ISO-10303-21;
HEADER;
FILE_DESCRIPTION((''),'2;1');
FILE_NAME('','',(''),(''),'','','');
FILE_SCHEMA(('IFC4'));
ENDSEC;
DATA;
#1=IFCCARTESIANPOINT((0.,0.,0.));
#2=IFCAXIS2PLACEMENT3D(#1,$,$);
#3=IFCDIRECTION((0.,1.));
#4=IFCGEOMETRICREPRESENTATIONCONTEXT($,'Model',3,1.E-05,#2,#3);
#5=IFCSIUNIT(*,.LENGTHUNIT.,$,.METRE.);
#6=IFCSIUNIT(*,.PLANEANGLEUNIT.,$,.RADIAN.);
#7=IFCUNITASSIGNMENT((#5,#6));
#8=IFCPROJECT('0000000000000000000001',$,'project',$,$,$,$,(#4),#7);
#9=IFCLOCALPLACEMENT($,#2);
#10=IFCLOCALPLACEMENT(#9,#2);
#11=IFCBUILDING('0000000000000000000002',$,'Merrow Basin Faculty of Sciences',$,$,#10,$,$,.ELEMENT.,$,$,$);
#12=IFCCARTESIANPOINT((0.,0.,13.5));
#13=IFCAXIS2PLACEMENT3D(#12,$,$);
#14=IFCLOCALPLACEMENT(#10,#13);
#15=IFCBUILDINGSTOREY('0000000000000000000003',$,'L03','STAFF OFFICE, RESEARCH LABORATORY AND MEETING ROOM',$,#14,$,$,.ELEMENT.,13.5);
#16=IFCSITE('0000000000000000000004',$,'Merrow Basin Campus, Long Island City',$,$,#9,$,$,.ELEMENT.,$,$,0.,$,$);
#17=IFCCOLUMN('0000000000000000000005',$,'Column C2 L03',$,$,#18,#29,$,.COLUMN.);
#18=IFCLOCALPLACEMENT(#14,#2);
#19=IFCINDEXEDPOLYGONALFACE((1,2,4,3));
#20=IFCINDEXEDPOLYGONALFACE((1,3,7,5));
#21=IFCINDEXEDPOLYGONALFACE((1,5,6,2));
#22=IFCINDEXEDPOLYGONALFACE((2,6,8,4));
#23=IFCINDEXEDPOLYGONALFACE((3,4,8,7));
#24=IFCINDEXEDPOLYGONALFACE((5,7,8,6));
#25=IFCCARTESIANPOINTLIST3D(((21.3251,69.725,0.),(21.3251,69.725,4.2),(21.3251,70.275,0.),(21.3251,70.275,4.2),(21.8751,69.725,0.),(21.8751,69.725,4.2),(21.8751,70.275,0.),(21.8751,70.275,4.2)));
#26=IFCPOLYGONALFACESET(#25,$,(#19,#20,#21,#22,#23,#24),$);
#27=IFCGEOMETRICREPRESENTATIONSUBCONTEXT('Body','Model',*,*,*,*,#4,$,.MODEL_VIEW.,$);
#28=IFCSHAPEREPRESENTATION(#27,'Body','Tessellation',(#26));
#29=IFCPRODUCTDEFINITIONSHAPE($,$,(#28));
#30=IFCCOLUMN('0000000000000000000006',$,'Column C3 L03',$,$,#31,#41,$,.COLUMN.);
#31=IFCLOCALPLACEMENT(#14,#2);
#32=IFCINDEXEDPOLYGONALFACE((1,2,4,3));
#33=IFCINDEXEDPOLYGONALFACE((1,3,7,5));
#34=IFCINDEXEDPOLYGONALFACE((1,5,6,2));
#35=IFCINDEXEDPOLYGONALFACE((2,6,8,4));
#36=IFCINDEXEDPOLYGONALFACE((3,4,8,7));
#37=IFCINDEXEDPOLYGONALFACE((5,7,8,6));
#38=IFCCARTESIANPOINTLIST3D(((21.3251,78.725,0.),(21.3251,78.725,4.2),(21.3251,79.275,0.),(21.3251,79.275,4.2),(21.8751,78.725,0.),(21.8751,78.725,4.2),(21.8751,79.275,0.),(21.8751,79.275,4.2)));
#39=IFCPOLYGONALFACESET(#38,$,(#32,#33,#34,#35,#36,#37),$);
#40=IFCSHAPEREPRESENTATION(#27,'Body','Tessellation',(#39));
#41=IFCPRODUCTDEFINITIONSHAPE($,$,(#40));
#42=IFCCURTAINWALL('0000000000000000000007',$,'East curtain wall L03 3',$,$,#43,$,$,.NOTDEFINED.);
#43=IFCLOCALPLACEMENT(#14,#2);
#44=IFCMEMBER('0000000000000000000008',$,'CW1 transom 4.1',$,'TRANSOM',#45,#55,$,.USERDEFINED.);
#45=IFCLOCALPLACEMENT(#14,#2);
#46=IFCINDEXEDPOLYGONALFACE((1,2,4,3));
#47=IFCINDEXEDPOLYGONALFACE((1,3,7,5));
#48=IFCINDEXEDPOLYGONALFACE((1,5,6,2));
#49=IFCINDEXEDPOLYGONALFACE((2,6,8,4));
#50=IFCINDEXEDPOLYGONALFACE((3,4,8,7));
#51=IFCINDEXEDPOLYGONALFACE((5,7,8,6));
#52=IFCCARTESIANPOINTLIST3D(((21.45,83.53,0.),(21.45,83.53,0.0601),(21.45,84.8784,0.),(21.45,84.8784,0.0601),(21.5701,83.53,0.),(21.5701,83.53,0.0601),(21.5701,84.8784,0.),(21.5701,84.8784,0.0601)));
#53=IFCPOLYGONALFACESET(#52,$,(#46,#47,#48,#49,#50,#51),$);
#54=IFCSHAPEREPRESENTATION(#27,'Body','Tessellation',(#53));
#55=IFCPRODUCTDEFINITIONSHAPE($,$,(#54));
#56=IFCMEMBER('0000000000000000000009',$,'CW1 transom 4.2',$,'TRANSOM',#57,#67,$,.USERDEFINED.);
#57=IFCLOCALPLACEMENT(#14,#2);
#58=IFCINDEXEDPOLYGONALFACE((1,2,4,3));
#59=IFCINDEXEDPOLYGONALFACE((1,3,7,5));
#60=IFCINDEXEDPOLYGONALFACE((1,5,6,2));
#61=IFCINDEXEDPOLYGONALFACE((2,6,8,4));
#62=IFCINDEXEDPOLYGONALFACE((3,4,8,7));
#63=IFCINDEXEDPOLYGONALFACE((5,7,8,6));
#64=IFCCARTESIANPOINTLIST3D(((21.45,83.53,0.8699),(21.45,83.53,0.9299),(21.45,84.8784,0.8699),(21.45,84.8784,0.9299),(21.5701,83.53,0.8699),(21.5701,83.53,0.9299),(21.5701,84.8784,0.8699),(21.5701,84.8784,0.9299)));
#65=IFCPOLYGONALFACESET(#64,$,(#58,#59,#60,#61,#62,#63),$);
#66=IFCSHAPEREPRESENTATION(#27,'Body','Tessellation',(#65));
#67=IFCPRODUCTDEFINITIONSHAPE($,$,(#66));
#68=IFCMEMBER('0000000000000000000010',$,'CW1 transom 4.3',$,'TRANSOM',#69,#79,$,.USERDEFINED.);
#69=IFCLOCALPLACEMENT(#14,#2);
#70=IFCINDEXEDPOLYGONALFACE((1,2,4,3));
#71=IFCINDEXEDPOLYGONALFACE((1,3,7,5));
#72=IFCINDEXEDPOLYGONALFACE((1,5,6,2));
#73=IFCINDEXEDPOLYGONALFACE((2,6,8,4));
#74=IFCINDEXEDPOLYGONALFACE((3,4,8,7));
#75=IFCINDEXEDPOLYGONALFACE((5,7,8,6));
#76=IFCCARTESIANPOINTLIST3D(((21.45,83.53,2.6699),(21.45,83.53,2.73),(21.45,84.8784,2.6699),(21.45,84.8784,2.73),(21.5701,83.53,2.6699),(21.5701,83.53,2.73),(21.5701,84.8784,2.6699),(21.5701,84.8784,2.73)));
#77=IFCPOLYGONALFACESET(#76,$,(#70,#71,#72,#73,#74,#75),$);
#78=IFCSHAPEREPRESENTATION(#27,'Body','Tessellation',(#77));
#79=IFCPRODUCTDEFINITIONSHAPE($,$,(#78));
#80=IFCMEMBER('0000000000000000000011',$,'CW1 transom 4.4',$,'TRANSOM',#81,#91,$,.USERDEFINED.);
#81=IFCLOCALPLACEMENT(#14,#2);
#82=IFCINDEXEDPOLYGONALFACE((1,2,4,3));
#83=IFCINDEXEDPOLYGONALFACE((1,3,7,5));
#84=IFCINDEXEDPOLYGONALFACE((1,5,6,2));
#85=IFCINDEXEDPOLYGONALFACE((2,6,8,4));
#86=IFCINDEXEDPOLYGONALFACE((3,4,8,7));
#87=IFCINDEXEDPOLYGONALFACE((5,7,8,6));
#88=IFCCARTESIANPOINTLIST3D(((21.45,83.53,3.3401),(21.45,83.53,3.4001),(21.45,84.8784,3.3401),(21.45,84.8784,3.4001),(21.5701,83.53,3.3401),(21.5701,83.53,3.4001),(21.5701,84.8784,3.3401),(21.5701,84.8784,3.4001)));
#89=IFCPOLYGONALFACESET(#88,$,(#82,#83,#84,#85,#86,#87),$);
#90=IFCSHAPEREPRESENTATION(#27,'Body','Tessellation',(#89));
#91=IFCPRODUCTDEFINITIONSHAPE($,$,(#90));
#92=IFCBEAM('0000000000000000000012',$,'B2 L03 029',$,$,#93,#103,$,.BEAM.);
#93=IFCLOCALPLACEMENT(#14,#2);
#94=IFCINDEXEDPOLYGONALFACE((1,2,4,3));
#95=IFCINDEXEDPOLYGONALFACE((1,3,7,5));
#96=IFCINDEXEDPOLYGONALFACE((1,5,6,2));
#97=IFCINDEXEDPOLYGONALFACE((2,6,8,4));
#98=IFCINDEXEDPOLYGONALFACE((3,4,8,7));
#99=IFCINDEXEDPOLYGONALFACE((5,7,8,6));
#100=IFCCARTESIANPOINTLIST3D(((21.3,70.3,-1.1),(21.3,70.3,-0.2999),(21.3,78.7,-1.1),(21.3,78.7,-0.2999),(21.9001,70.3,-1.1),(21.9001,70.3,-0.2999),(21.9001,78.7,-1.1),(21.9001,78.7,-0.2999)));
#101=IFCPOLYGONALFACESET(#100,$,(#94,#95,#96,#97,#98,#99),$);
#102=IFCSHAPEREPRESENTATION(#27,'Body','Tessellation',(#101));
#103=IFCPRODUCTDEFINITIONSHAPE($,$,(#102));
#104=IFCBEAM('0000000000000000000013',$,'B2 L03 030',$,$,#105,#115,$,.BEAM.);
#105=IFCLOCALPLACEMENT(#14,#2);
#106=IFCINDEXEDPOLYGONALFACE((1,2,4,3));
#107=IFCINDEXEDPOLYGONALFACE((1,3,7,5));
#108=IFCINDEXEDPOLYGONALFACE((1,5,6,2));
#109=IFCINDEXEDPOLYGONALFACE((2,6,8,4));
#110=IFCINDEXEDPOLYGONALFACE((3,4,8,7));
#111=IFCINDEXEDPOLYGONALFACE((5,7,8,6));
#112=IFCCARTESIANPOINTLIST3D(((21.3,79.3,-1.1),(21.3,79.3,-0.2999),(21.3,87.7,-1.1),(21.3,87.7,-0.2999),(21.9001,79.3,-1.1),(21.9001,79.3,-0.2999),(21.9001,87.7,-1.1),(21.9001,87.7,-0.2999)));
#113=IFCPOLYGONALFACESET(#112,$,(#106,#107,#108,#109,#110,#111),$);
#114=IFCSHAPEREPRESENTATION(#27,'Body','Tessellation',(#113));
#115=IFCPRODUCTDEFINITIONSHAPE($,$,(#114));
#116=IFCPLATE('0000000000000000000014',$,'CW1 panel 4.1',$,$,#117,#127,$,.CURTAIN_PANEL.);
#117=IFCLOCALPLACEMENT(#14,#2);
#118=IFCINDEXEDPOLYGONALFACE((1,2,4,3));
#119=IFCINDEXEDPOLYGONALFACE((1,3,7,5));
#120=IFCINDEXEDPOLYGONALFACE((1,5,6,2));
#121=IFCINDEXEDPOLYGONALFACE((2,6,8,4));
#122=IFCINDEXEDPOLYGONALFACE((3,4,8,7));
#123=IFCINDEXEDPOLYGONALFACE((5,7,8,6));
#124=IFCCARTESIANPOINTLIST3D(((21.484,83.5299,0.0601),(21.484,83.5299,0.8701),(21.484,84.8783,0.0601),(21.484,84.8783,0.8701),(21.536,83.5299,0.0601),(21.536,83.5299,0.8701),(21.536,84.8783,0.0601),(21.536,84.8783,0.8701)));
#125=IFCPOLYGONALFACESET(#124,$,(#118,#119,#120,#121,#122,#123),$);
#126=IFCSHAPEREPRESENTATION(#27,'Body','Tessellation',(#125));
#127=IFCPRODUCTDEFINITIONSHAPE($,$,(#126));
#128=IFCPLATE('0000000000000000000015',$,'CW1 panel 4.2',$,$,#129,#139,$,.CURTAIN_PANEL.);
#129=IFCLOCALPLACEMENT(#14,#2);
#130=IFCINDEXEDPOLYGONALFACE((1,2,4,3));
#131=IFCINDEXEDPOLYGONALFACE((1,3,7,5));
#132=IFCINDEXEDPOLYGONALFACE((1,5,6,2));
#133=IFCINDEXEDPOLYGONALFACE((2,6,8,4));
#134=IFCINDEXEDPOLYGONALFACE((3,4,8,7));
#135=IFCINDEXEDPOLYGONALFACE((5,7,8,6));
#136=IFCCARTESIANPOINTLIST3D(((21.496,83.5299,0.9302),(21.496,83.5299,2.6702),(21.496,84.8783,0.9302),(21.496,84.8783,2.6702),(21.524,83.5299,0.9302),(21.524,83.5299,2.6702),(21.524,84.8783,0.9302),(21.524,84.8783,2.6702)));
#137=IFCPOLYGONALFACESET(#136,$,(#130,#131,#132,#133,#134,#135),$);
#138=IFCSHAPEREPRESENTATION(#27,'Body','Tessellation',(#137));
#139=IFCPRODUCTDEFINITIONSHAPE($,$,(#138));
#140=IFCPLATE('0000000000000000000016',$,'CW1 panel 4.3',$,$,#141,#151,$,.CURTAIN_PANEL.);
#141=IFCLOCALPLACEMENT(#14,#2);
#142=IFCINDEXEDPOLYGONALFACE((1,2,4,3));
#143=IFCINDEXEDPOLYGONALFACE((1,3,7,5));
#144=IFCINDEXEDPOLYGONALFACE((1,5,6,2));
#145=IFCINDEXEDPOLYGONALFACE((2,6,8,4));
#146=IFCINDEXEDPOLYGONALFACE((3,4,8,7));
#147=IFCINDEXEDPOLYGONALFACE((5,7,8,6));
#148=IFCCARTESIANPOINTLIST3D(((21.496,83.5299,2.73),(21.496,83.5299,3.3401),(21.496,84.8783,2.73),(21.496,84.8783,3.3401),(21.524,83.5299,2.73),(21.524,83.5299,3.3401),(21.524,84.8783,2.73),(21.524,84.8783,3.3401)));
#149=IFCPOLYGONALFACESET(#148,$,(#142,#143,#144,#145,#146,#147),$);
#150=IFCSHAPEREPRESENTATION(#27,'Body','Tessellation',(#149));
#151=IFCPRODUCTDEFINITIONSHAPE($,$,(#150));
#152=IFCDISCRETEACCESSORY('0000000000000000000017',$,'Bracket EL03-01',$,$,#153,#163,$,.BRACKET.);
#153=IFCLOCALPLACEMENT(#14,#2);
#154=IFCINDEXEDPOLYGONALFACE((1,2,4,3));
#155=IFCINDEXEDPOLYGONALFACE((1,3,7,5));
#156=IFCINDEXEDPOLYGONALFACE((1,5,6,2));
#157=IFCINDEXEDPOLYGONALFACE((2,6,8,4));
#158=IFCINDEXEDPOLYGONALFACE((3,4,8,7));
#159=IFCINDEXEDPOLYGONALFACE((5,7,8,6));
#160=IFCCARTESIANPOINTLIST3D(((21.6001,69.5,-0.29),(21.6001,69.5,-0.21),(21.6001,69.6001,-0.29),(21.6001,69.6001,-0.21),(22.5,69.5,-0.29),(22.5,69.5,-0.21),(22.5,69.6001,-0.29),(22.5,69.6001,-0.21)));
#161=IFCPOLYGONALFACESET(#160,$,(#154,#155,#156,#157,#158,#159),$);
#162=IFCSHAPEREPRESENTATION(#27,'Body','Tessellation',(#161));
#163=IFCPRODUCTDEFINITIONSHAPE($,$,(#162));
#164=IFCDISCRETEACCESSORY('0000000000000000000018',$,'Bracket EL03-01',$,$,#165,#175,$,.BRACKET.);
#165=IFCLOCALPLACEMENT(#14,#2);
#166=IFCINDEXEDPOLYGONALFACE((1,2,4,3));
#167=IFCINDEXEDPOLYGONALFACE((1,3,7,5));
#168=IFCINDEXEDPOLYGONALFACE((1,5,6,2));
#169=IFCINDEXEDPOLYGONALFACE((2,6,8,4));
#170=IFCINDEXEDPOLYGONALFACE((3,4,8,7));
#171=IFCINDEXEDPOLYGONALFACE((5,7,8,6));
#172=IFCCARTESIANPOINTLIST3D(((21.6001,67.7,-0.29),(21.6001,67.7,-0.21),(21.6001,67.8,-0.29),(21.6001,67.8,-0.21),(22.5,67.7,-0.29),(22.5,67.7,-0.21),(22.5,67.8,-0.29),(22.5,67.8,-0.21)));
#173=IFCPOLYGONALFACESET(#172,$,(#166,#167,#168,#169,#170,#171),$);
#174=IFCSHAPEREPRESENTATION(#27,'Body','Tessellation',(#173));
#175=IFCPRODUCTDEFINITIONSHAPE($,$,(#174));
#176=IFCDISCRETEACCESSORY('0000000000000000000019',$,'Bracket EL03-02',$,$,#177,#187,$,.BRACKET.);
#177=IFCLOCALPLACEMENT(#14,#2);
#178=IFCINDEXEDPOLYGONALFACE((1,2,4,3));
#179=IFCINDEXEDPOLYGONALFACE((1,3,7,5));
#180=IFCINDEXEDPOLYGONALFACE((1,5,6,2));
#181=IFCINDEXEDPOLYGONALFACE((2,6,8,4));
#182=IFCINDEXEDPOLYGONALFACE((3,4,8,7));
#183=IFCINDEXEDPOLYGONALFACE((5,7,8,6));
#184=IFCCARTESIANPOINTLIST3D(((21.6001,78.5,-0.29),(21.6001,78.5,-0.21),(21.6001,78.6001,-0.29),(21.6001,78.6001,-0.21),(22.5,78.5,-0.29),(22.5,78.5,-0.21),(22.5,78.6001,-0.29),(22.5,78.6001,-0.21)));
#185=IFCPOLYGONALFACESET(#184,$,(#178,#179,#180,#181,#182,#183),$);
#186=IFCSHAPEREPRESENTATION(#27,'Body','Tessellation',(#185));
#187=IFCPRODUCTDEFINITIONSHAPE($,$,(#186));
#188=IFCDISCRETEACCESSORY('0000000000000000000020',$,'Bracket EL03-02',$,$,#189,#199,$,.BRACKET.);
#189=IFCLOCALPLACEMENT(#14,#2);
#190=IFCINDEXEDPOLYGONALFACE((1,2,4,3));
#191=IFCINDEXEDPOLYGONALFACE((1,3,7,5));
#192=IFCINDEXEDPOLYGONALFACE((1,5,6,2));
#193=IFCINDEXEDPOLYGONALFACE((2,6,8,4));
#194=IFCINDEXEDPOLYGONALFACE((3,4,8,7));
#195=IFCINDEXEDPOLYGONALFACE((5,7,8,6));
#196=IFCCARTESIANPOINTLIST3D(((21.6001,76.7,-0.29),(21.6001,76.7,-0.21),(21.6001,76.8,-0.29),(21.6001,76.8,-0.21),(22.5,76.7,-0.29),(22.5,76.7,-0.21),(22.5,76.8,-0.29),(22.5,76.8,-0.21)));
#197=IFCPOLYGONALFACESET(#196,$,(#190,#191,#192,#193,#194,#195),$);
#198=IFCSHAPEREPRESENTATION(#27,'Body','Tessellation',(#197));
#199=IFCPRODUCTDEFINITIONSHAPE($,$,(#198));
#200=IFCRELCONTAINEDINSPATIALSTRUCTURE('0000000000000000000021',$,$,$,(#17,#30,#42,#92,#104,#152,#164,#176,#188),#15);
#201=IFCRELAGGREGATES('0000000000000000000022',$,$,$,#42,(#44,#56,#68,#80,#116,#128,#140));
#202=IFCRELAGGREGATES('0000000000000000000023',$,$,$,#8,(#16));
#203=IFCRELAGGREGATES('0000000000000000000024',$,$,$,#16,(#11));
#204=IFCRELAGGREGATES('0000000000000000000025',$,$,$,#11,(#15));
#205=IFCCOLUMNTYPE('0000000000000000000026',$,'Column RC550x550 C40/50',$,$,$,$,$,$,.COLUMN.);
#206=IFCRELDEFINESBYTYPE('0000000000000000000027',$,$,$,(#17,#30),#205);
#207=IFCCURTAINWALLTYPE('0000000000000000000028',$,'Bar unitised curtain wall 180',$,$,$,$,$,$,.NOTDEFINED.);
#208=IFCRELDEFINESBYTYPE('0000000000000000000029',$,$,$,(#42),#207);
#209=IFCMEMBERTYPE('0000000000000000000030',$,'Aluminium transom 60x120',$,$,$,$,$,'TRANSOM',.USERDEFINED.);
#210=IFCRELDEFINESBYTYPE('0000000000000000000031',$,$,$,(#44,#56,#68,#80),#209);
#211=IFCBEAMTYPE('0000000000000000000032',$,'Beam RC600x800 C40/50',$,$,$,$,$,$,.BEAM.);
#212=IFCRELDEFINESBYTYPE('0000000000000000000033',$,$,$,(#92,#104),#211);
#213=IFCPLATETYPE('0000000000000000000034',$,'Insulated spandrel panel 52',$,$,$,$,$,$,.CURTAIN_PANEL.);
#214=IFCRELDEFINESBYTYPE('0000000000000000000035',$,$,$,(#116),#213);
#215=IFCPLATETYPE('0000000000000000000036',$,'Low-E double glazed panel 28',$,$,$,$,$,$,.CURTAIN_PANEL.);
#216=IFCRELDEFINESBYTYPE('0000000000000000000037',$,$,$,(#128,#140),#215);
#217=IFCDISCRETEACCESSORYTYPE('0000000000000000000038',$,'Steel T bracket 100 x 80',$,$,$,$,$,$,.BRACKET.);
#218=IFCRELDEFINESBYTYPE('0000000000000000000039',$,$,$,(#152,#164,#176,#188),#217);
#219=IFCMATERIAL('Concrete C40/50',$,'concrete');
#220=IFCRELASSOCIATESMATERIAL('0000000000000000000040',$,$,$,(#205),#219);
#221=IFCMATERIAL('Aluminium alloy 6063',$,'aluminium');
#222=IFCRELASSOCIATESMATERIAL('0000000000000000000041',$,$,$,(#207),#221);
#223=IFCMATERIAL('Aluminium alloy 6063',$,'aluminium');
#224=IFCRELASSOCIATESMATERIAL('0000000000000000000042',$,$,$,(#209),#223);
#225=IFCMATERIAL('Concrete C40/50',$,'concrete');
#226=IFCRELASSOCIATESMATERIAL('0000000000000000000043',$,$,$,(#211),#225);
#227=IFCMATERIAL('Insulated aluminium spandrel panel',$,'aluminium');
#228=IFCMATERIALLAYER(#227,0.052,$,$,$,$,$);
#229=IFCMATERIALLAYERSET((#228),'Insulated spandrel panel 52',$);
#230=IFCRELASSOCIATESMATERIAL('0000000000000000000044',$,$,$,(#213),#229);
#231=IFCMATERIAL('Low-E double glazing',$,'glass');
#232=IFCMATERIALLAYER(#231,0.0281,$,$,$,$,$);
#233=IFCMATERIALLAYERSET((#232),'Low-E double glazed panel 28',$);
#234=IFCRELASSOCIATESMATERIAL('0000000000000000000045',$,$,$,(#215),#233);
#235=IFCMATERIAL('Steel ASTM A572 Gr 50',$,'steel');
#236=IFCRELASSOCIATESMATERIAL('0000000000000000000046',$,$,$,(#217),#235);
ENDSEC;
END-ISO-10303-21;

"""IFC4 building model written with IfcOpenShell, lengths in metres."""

from ifc_helpers import new_model, si_unit, direction, frame, origin, origin_2d, place, context, subcontext, project, spatial, polyline, rectangle, outline, extrude, source, transform, mapped, material, layer, layer_set, material_profile, profile_set, type_object, element, aggregate, save


model = new_model("IFC4")

# Units and contexts
model_context = context("Model", 3, precision=1e-05, world=origin(), true_north=direction((0.0, 1.0)))
body_context = subcontext(model_context, "Body", "Model", "MODEL_VIEW")
ifc_project = project(units=[si_unit("LENGTHUNIT", "METRE"), si_unit("PLANEANGLEUNIT", "RADIAN")], contexts=[model_context])

# Site, building, storey
site_placement = place(None, origin())
site = spatial("IfcSite", under=ifc_project, at=site_placement, Name="Merrow Basin Campus, Long Island City", CompositionType="ELEMENT", RefElevation=0.0)
building_placement = place(site_placement, origin())
building = spatial("IfcBuilding", under=site, at=building_placement, Name="Merrow Basin Faculty of Sciences", CompositionType="ELEMENT")
storey_placement = place(building_placement, frame((0.0, 0.0, 13.5)))
storey = spatial("IfcBuildingStorey", under=building, at=storey_placement, Name="L03", Description="STAFF OFFICE, RESEARCH LABORATORY AND MEETING ROOM", CompositionType="ELEMENT", Elevation=13.5)

# Columns
ifc_material_1 = material(Name="Concrete C40/50", Category="concrete")
ifc_material_profile_1 = material_profile(ifc_material_1, rectangle(XDim=0.55, YDim=0.55, at=origin_2d()))
ifc_profile_set_1 = profile_set([ifc_material_profile_1], Name="Concrete C40/50")
column_type = type_object("IfcColumnType", Name="Column RC550x550 C40/50", PredefinedType="COLUMN", material=ifc_profile_set_1)
for number, where, z_axis, x_axis, name in (
    (1, (21.6001, 70.0, 0.0), (0.0, 0.0, 1.0), (1.0, 0.0, 0.0), "Column C2 L03"),
    (2, (21.6001, 79.0, 0.0), (0.0, 0.0, 1.0), (1.0, 0.0, 0.0), "Column C3 L03"),
):
    element("IfcColumn", number, at=place(storey_placement, frame(where, z_axis=z_axis, x_axis=x_axis)), inside=storey, type_object=column_type, Name=name, PredefinedType="COLUMN", context=body_context, shape_type="SweptSolid", body=[
        extrude(rectangle(XDim=0.55, YDim=0.55, at=origin_2d()), origin(), (0.0, 0.0, 1.0), 4.2),
    ])

# Curtain wall, members
ifc_material_2 = material(Name="Aluminium alloy 6063", Category="aluminium")
curtain_wall_type = type_object("IfcCurtainWallType", Name="Bar unitised curtain wall 180", PredefinedType="NOTDEFINED", material=ifc_material_2)
curtain_wall_placement = place(storey_placement, origin())
curtain_wall = element("IfcCurtainWall", 3, at=curtain_wall_placement, inside=storey, type_object=curtain_wall_type, Name="East curtain wall L03 3", PredefinedType="NOTDEFINED")
ifc_material_3 = material(Name="Aluminium alloy 6063", Category="aluminium")
ifc_material_profile_2 = material_profile(ifc_material_3, rectangle(XDim=0.1201, YDim=0.0601, at=origin_2d()))
ifc_profile_set_2 = profile_set([ifc_material_profile_2], Name="Aluminium alloy 6063")
member_type = type_object("IfcMemberType", Name="Aluminium transom 60x120", ElementType="TRANSOM", PredefinedType="USERDEFINED", material=ifc_profile_set_2)
member_1_placement = place(storey_placement, frame((21.51, 83.53, 0.03), z_axis=(0.0, 1.0, 0.0), x_axis=(-1.0, 0.0, 0.0)))
member_1 = element("IfcMember", 4, at=member_1_placement, type_object=member_type, Name="CW1 transom 4.1", ObjectType="TRANSOM", PredefinedType="USERDEFINED", context=body_context, shape_type="SweptSolid", body=[
    extrude(rectangle(XDim=0.1201, YDim=0.0601, at=origin_2d()), origin(), (0.0, 0.0, 1.0), 1.3484),
])
member_2_placement = place(storey_placement, frame((21.51, 83.53, 0.8999), z_axis=(0.0, 1.0, 0.0), x_axis=(-1.0, 0.0, 0.0)))
member_2 = element("IfcMember", 5, at=member_2_placement, type_object=member_type, Name="CW1 transom 4.2", ObjectType="TRANSOM", PredefinedType="USERDEFINED", context=body_context, shape_type="SweptSolid", body=[
    extrude(rectangle(XDim=0.1201, YDim=0.0601, at=origin_2d()), origin(), (0.0, 0.0, 1.0), 1.3484),
])
member_3_placement = place(storey_placement, frame((21.51, 83.53, 2.7), z_axis=(0.0, 1.0, 0.0), x_axis=(-1.0, 0.0, 0.0)))
member_3 = element("IfcMember", 6, at=member_3_placement, type_object=member_type, Name="CW1 transom 4.3", ObjectType="TRANSOM", PredefinedType="USERDEFINED", context=body_context, shape_type="SweptSolid", body=[
    extrude(rectangle(XDim=0.1201, YDim=0.0601, at=origin_2d()), origin(), (0.0, 0.0, 1.0), 1.3484),
])
member_4_placement = place(storey_placement, frame((21.51, 83.53, 3.3701), z_axis=(0.0, 1.0, 0.0), x_axis=(-1.0, 0.0, 0.0)))
member_4 = element("IfcMember", 7, at=member_4_placement, type_object=member_type, Name="CW1 transom 4.4", ObjectType="TRANSOM", PredefinedType="USERDEFINED", context=body_context, shape_type="SweptSolid", body=[
    extrude(rectangle(XDim=0.1201, YDim=0.0601, at=origin_2d()), origin(), (0.0, 0.0, 1.0), 1.3484),
])

# Beams
ifc_material_4 = material(Name="Concrete C40/50", Category="concrete")
ifc_material_profile_3 = material_profile(ifc_material_4, rectangle(XDim=0.6001, YDim=0.8, at=origin_2d()))
ifc_profile_set_3 = profile_set([ifc_material_profile_3], Name="Concrete C40/50")
beam_type = type_object("IfcBeamType", Name="Beam RC600x800 C40/50", PredefinedType="BEAM", material=ifc_profile_set_3)
for number, where, z_axis, x_axis, name in (
    (8, (21.6001, 70.3, -0.7), (0.0, 1.0, 0.0), (-1.0, 0.0, 0.0), "B2 L03 029"),
    (9, (21.6001, 79.3, -0.7), (0.0, 1.0, 0.0), (-1.0, 0.0, 0.0), "B2 L03 030"),
):
    element("IfcBeam", number, at=place(storey_placement, frame(where, z_axis=z_axis, x_axis=x_axis)), inside=storey, type_object=beam_type, Name=name, PredefinedType="BEAM", context=body_context, shape_type="SweptSolid", body=[
        extrude(rectangle(XDim=0.6001, YDim=0.8, at=origin_2d()), origin(), (0.0, 0.0, 1.0), 8.3999),
    ])

# Plates
ifc_material_5 = material(Name="Insulated aluminium spandrel panel", Category="aluminium")
ifc_layer_1 = layer(ifc_material_5, 0.052)
ifc_layer_set_1 = layer_set([ifc_layer_1], Name="Insulated spandrel panel 52")
plate_type_1 = type_object("IfcPlateType", Name="Insulated spandrel panel 52", PredefinedType="CURTAIN_PANEL", material=ifc_layer_set_1)
plate_1_placement = place(storey_placement, frame((21.51, 84.2041, 0.0601), z_axis=(0.0, 0.0, 1.0), x_axis=(0.0, 1.0, 0.0)))
plate_1 = element("IfcPlate", 10, at=plate_1_placement, type_object=plate_type_1, Name="CW1 panel 4.1", PredefinedType="CURTAIN_PANEL", context=body_context, shape_type="SweptSolid", body=[
    extrude(rectangle(XDim=1.3484, YDim=0.052, at=origin_2d()), origin(), (0.0, 0.0, 1.0), 0.8101),
])
ifc_material_6 = material(Name="Low-E double glazing", Category="glass")
ifc_layer_2 = layer(ifc_material_6, 0.0281)
ifc_layer_set_2 = layer_set([ifc_layer_2], Name="Low-E double glazed panel 28")
plate_type_2 = type_object("IfcPlateType", Name="Low-E double glazed panel 28", PredefinedType="CURTAIN_PANEL", material=ifc_layer_set_2)
plate_2_placement = place(storey_placement, frame((21.51, 84.2041, 0.9302), z_axis=(0.0, 0.0, 1.0), x_axis=(0.0, 1.0, 0.0)))
plate_2 = element("IfcPlate", 11, at=plate_2_placement, type_object=plate_type_2, Name="CW1 panel 4.2", PredefinedType="CURTAIN_PANEL", context=body_context, shape_type="SweptSolid", body=[
    extrude(rectangle(XDim=1.3484, YDim=0.0281, at=origin_2d()), origin(), (0.0, 0.0, 1.0), 1.74),
])
plate_3_placement = place(storey_placement, frame((21.51, 84.2041, 2.73), z_axis=(0.0, 0.0, 1.0), x_axis=(0.0, 1.0, 0.0)))
plate_3 = element("IfcPlate", 12, at=plate_3_placement, type_object=plate_type_2, Name="CW1 panel 4.3", PredefinedType="CURTAIN_PANEL", context=body_context, shape_type="SweptSolid", body=[
    extrude(rectangle(XDim=1.3484, YDim=0.0281, at=origin_2d()), origin(), (0.0, 0.0, 1.0), 0.6101),
])
aggregate(curtain_wall, [member_1, member_2, member_3, member_4, plate_1, plate_2, plate_3])

# Discrete accessories
ifc_material_7 = material(Name="Steel ASTM A572 Gr 50", Category="steel")
discrete_accessory_type = type_object("IfcDiscreteAccessoryType", Name="Steel T bracket 100 x 80", PredefinedType="BRACKET", material=ifc_material_7)
shared_shape = source(origin(), body_context, "Body", "SweptSolid", [
    extrude(outline(polyline([(0.0, 0.0), (0.1001, 0.0), (0.1001, 0.0801), (0.0, 0.0801), (0.0, 0.0)])), origin(), (0.0, 0.0, 1.0), 0.8999),
])
for number, where, z_axis, x_axis, name in (
    (13, (22.5, 69.6001, -0.29), (-1.0, 0.0, 0.0), (0.0, -1.0, 0.0), "Bracket EL03-01"),
    (14, (22.5, 67.8, -0.29), (-1.0, 0.0, 0.0), (0.0, -1.0, 0.0), "Bracket EL03-01"),
    (15, (22.5, 78.6001, -0.29), (-1.0, 0.0, 0.0), (0.0, -1.0, 0.0), "Bracket EL03-02"),
    (16, (22.5, 76.8, -0.29), (-1.0, 0.0, 0.0), (0.0, -1.0, 0.0), "Bracket EL03-02"),
):
    element("IfcDiscreteAccessory", number, at=place(storey_placement, frame(where, z_axis=z_axis, x_axis=x_axis)), inside=storey, type_object=discrete_accessory_type, Name=name, PredefinedType="BRACKET", context=body_context, shape_type="MappedRepresentation", body=[
        mapped(shared_shape, transform((0.0, 0.0, 0.0), scale=1.0)),
    ])

save(model, "model.ifc")
